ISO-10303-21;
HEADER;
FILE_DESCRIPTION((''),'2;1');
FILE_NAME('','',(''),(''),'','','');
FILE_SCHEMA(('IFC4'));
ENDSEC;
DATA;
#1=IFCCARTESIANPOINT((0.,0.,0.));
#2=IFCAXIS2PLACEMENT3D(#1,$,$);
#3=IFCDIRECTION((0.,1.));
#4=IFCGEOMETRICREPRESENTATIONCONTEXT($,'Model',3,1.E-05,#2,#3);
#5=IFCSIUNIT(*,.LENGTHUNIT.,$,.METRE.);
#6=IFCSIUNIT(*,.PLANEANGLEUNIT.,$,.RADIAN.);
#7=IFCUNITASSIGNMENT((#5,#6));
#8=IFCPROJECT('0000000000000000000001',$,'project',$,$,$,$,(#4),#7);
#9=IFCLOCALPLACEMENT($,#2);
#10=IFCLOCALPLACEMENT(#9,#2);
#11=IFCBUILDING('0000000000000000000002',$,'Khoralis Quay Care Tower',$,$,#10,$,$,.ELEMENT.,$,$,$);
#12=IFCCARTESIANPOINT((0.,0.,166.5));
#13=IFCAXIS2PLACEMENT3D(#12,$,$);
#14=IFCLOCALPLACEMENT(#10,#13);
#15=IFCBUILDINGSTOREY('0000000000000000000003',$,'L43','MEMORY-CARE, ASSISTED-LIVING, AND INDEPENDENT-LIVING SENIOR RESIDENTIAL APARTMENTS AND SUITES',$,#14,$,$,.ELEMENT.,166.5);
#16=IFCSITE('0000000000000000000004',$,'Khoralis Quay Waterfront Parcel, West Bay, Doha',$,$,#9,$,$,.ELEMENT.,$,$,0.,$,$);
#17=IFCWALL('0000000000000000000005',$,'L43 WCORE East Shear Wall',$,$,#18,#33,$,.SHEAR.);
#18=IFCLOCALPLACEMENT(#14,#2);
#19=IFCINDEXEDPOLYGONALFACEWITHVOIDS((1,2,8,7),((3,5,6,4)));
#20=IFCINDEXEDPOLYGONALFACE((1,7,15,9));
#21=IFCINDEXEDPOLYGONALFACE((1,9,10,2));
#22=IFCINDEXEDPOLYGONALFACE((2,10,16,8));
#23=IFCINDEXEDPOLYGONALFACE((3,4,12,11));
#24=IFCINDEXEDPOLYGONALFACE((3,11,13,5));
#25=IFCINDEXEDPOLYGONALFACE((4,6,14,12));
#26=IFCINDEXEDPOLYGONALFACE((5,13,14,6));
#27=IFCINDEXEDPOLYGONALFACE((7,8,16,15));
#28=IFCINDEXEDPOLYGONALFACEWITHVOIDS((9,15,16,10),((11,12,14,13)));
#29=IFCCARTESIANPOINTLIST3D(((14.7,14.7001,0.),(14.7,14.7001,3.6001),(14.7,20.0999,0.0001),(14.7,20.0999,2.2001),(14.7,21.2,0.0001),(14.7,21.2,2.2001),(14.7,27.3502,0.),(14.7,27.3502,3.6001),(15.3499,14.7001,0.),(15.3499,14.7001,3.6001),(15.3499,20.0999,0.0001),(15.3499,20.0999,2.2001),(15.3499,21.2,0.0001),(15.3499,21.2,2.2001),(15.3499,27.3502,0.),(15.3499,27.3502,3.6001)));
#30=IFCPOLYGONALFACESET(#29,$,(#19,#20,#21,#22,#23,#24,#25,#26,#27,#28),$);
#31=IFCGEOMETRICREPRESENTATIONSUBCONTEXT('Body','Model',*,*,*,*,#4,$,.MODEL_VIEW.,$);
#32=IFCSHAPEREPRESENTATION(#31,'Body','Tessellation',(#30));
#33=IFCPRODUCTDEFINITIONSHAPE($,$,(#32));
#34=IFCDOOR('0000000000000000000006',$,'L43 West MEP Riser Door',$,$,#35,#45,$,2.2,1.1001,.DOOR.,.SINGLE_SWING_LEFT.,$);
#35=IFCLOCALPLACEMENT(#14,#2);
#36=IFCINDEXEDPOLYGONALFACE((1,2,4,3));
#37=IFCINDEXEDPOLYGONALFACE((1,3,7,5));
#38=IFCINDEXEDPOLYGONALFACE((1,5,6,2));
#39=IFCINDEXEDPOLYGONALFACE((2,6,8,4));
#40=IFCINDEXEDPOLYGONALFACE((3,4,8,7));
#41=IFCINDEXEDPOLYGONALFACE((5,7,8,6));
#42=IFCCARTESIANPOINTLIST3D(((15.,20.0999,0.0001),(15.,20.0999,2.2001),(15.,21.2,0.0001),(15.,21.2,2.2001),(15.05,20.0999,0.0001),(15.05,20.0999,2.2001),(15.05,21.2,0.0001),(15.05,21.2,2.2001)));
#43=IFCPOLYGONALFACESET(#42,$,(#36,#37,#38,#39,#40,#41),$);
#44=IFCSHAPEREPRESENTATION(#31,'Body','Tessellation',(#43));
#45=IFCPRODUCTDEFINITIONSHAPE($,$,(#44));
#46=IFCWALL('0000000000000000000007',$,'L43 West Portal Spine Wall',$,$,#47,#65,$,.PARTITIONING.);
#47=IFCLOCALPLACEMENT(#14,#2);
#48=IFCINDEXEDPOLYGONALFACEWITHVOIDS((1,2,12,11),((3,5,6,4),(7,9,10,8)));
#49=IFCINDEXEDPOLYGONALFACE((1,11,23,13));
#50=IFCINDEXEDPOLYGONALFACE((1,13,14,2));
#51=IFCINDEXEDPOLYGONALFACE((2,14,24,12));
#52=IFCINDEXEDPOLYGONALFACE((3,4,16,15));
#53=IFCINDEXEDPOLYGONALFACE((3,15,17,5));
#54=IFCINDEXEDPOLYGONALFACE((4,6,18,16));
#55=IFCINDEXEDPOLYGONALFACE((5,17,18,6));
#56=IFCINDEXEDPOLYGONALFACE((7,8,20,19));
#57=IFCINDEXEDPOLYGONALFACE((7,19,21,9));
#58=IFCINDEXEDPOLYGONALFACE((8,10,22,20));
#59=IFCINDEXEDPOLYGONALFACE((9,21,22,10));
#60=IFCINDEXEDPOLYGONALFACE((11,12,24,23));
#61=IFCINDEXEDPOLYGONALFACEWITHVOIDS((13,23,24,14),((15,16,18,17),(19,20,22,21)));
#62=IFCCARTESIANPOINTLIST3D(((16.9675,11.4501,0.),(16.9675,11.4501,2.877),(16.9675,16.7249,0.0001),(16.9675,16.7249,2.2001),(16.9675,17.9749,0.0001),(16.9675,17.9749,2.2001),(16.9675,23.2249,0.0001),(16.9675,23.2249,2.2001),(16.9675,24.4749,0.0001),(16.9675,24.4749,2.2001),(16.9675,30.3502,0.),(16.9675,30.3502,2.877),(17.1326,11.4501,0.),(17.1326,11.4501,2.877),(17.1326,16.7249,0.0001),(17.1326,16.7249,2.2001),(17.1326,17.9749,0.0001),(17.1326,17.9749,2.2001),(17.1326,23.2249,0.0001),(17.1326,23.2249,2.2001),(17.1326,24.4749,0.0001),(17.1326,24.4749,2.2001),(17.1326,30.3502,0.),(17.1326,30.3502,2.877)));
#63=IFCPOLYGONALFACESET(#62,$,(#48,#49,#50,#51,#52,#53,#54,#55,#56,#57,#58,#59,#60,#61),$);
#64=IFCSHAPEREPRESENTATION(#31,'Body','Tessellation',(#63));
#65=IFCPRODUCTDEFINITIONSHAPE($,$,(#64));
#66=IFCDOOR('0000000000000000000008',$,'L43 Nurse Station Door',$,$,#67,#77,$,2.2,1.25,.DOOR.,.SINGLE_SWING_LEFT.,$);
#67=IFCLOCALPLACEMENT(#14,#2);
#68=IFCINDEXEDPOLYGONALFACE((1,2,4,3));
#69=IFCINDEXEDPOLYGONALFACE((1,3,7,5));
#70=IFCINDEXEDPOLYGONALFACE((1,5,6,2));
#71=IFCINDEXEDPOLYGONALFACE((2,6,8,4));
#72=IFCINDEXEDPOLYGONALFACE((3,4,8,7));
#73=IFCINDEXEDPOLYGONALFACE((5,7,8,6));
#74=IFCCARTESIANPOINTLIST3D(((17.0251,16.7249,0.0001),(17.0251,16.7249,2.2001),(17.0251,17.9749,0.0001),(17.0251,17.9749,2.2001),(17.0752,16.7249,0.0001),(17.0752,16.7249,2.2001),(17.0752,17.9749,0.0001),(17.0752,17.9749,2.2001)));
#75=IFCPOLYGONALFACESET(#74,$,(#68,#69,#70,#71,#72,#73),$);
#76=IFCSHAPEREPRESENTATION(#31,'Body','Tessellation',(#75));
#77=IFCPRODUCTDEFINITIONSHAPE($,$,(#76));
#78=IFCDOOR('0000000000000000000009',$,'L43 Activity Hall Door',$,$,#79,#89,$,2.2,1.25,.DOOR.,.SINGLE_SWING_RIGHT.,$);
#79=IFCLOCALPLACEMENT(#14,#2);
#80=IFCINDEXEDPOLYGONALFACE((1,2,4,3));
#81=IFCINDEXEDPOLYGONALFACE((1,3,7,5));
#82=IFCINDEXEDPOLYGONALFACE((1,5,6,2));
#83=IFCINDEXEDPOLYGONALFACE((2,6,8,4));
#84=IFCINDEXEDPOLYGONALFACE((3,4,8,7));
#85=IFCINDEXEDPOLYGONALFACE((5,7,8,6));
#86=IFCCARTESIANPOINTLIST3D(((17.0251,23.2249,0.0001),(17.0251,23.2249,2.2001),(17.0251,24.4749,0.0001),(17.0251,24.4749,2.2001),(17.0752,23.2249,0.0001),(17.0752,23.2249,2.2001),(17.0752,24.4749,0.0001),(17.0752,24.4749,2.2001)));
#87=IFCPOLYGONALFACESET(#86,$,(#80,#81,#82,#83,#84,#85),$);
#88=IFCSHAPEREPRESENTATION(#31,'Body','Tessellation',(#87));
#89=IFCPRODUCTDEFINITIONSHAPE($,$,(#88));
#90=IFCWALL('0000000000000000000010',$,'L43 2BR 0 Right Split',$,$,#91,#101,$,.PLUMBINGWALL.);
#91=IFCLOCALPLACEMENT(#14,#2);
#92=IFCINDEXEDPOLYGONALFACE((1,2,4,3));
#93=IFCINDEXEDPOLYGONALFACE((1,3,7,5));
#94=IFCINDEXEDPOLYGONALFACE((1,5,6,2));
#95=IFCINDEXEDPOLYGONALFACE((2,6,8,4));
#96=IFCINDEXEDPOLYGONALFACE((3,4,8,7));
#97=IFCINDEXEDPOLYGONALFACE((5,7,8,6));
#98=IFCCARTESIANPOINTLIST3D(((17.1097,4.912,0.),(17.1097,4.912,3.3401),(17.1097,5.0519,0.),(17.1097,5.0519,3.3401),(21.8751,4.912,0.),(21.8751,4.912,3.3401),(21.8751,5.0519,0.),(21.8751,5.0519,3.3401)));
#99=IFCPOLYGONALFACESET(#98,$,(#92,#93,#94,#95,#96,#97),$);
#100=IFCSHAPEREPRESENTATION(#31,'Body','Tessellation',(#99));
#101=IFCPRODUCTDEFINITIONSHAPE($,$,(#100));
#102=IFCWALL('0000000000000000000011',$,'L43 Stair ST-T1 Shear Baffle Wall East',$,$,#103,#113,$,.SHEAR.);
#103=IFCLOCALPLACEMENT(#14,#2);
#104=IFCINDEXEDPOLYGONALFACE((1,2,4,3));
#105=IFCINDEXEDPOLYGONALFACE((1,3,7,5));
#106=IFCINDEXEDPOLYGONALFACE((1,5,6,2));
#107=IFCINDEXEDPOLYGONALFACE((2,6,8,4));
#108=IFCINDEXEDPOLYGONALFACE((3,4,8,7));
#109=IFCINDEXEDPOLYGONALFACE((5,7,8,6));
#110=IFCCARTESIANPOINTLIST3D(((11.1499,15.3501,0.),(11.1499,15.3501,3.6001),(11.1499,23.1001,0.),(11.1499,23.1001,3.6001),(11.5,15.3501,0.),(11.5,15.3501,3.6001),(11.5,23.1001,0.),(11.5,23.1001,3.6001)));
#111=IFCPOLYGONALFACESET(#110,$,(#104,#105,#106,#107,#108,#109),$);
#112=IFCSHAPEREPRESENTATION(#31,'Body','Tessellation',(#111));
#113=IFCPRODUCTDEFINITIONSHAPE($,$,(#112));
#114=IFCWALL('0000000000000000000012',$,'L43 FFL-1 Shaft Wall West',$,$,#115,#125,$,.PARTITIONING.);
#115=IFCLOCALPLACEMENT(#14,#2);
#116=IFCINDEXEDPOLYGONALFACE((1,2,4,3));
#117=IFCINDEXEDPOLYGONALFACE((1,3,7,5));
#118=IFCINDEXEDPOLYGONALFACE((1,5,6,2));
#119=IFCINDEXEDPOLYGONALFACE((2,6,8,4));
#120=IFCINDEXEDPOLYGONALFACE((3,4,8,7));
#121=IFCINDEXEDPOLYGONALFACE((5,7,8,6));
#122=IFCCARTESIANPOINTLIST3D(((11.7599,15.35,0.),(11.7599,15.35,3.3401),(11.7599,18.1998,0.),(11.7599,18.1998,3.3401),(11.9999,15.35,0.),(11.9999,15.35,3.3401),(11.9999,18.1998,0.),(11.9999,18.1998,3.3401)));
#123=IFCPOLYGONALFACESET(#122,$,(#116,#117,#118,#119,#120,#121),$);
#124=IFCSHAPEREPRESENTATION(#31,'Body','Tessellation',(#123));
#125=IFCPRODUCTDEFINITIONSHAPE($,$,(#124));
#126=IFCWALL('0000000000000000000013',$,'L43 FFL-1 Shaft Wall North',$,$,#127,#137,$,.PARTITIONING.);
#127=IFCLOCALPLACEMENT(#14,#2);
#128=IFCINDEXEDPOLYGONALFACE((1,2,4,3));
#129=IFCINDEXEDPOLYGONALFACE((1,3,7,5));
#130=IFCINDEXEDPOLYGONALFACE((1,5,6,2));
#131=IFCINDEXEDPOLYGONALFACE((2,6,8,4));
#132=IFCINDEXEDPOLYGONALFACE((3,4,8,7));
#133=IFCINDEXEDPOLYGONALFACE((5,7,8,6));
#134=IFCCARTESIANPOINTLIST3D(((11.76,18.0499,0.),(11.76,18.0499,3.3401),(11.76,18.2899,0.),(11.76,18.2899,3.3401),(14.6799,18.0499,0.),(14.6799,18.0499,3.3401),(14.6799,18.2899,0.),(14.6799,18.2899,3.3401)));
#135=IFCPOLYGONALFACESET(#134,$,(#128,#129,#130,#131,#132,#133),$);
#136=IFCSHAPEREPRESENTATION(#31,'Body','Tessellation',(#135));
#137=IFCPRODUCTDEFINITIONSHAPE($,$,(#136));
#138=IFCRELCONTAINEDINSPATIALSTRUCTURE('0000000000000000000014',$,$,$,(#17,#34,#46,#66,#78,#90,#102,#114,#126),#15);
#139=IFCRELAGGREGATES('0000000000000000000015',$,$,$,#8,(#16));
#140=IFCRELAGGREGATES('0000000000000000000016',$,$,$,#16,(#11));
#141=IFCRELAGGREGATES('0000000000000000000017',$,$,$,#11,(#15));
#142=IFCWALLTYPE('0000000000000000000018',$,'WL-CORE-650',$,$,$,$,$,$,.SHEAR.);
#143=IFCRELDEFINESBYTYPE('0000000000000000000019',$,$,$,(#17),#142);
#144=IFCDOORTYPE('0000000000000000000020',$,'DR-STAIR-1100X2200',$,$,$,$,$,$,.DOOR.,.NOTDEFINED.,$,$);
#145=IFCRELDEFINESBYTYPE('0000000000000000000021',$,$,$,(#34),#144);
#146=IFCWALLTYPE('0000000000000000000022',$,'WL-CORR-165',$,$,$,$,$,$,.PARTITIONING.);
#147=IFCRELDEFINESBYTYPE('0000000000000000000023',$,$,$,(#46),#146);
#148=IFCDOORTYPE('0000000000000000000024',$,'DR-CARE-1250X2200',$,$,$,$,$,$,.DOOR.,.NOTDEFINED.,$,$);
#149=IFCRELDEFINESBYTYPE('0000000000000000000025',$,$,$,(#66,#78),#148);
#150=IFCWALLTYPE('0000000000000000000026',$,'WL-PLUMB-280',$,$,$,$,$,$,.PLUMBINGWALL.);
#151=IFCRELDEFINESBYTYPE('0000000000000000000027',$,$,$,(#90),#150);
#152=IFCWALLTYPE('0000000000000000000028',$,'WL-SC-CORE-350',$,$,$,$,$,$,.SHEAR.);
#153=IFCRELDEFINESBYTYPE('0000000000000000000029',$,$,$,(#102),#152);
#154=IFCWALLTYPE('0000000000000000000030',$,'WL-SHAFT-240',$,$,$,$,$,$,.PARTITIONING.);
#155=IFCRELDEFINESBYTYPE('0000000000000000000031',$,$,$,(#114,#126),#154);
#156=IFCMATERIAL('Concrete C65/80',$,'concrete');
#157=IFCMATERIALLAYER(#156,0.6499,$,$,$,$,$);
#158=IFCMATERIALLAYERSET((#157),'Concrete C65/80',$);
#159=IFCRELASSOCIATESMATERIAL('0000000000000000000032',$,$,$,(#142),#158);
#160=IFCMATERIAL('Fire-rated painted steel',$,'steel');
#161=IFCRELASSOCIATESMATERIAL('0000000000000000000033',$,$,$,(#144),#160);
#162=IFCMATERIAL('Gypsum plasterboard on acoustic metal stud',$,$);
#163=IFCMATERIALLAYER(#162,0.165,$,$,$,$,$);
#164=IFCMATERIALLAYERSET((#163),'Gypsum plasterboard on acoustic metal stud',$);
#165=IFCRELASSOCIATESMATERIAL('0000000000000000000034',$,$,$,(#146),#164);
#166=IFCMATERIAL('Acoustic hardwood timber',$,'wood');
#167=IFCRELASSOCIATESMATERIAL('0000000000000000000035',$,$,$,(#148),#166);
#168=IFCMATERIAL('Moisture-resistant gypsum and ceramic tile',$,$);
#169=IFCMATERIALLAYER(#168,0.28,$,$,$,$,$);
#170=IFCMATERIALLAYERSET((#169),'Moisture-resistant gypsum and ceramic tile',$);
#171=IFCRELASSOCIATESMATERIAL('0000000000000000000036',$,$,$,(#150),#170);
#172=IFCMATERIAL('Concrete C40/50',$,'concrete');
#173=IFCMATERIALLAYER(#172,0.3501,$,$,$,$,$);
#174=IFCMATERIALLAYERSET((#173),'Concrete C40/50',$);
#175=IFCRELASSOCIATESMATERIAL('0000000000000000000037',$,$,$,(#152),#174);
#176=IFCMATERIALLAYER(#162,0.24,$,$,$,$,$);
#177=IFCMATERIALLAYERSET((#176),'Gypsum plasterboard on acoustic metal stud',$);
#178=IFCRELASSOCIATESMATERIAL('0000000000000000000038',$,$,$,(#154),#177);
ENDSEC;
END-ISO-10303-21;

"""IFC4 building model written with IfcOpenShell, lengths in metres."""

from ifc_helpers import new_model, si_unit, direction, frame, frame_2d, origin, place, context, subcontext, project, spatial, rectangle, extrude, source, transform, mapped, material, layer, layer_set, type_object, element, fill, save


model = new_model("IFC4")

# Units and contexts
model_context = context("Model", 3, precision=1e-05, world=origin(), true_north=direction((0.0, 1.0)))
body_context = subcontext(model_context, "Body", "Model", "MODEL_VIEW")
ifc_project = project(units=[si_unit("LENGTHUNIT", "METRE"), si_unit("PLANEANGLEUNIT", "RADIAN")], contexts=[model_context])

# Site, building, storey
site_placement = place(None, origin())
site = spatial("IfcSite", under=ifc_project, at=site_placement, Name="Khoralis Quay Waterfront Parcel, West Bay, Doha", CompositionType="ELEMENT", RefElevation=0.0)
building_placement = place(site_placement, origin())
building = spatial("IfcBuilding", under=site, at=building_placement, Name="Khoralis Quay Care Tower", CompositionType="ELEMENT")
storey_placement = place(building_placement, frame((0.0, 0.0, 166.5)))
storey = spatial("IfcBuildingStorey", under=building, at=storey_placement, Name="L43", Description="MEMORY-CARE, ASSISTED-LIVING, AND INDEPENDENT-LIVING SENIOR RESIDENTIAL APARTMENTS AND SUITES", CompositionType="ELEMENT", Elevation=166.5)

# Shared definitions
ifc_material_1 = material(Name="Concrete C65/80", Category="concrete")

# Shared definitions
ifc_material_2 = material(Name="Gypsum plasterboard on acoustic metal stud")

# Wall, opening, door
ifc_layer_1 = layer(ifc_material_1, 0.6499)
ifc_layer_set_1 = layer_set([ifc_layer_1], Name="Concrete C65/80")
wall_type_1 = type_object("IfcWallType", Name="WL-CORE-650", PredefinedType="SHEAR", material=ifc_layer_set_1)
wall_1_placement = place(storey_placement, frame((15.0249, 14.7, 0.0), z_axis=(0.0, 0.0, 1.0), x_axis=(0.0, 1.0, 0.0)))
wall_1 = element("IfcWall", 1, at=wall_1_placement, inside=storey, type_object=wall_type_1, Name="L43 WCORE East Shear Wall", PredefinedType="SHEAR", context=body_context, shape_type="SweptSolid", body=[
    extrude(rectangle(XDim=12.6501, YDim=0.6499, at=frame_2d((6.3252, 0.0))), origin(), (0.0, 0.0, 1.0), 3.6001),
])
opening_1_placement = place(wall_1_placement, frame((5.3999, 0.0, 0.0)))
opening_1 = element("IfcOpeningElement", 2, at=opening_1_placement, cuts=wall_1, PredefinedType="OPENING", context=body_context, shape_type="SweptSolid", body=[
    extrude(rectangle(XDim=1.1001, YDim=2.2, at=frame_2d((0.55, 1.1001))), frame((0.0, 0.335, 0.0), z_axis=(0.0, -1.0, 0.0), x_axis=(1.0, 0.0, 0.0)), (0.0, 0.0, 1.0), 0.6699),
])
ifc_material_3 = material(Name="Fire-rated painted steel", Category="steel")
door_type_1 = type_object("IfcDoorType", Name="DR-STAIR-1100X2200", OperationType="NOTDEFINED", PredefinedType="DOOR", material=ifc_material_3)
shared_shape_1 = source(origin(), body_context, "Body", "SweptSolid", [
    extrude(rectangle(XDim=1.1001, YDim=2.2, at=frame_2d((0.55, 1.1001))), frame((0.0, 0.0249, 0.0), z_axis=(0.0, -1.0, 0.0), x_axis=(1.0, 0.0, 0.0)), (0.0, 0.0, 1.0), 0.05),
])
door_1_placement = place(opening_1_placement, origin())
door_1 = element("IfcDoor", 3, at=door_1_placement, inside=storey, type_object=door_type_1, Name="L43 West MEP Riser Door", OperationType="SINGLE_SWING_LEFT", OverallHeight=2.2, OverallWidth=1.1001, PredefinedType="DOOR", context=body_context, shape_type="MappedRepresentation", body=[
    mapped(shared_shape_1, transform((0.0, 0.0, 0.0), scale=1.0)),
])
fill(opening_1, door_1)

# Wall, openings, doors
ifc_layer_2 = layer(ifc_material_2, 0.165)
ifc_layer_set_2 = layer_set([ifc_layer_2], Name="Gypsum plasterboard on acoustic metal stud")
wall_type_2 = type_object("IfcWallType", Name="WL-CORR-165", PredefinedType="PARTITIONING", material=ifc_layer_set_2)
wall_2_placement = place(storey_placement, frame((17.05, 11.45, 0.0), z_axis=(0.0, 0.0, 1.0), x_axis=(0.0, 1.0, 0.0)))
wall_2 = element("IfcWall", 4, at=wall_2_placement, inside=storey, type_object=wall_type_2, Name="L43 West Portal Spine Wall", PredefinedType="PARTITIONING", context=body_context, shape_type="SweptSolid", body=[
    extrude(rectangle(XDim=18.9001, YDim=0.165, at=frame_2d((9.4502, 0.0))), origin(), (0.0, 0.0, 1.0), 2.877),
])
opening_2_placement = place(wall_2_placement, frame((5.2749, 0.0, 0.0)))
opening_2 = element("IfcOpeningElement", 5, at=opening_2_placement, cuts=wall_2, PredefinedType="OPENING", context=body_context, shape_type="SweptSolid", body=[
    extrude(rectangle(XDim=1.25, YDim=2.2, at=frame_2d((0.625, 1.1001))), frame((0.0, 0.0925, 0.0), z_axis=(0.0, -1.0, 0.0), x_axis=(1.0, 0.0, 0.0)), (0.0, 0.0, 1.0), 0.1851),
])
opening_3_placement = place(wall_2_placement, frame((11.7749, 0.0, 0.0)))
opening_3 = element("IfcOpeningElement", 6, at=opening_3_placement, cuts=wall_2, PredefinedType="OPENING", context=body_context, shape_type="SweptSolid", body=[
    extrude(rectangle(XDim=1.25, YDim=2.2, at=frame_2d((0.625, 1.1001))), frame((0.0, 0.0925, 0.0), z_axis=(0.0, -1.0, 0.0), x_axis=(1.0, 0.0, 0.0)), (0.0, 0.0, 1.0), 0.1851),
])
ifc_material_4 = material(Name="Acoustic hardwood timber", Category="wood")
door_type_2 = type_object("IfcDoorType", Name="DR-CARE-1250X2200", OperationType="NOTDEFINED", PredefinedType="DOOR", material=ifc_material_4)
shared_shape_2 = source(origin(), body_context, "Body", "SweptSolid", [
    extrude(rectangle(XDim=1.25, YDim=2.2, at=frame_2d((0.625, 1.1001))), frame((0.0, 0.0249, 0.0), z_axis=(0.0, -1.0, 0.0), x_axis=(1.0, 0.0, 0.0)), (0.0, 0.0, 1.0), 0.05),
])
door_2_placement = place(opening_2_placement, origin())
door_2 = element("IfcDoor", 7, at=door_2_placement, inside=storey, type_object=door_type_2, Name="L43 Nurse Station Door", OperationType="SINGLE_SWING_LEFT", OverallHeight=2.2, OverallWidth=1.25, PredefinedType="DOOR", context=body_context, shape_type="MappedRepresentation", body=[
    mapped(shared_shape_2, transform((0.0, 0.0, 0.0), scale=1.0)),
])
fill(opening_2, door_2)
door_3_placement = place(opening_3_placement, origin())
door_3 = element("IfcDoor", 8, at=door_3_placement, inside=storey, type_object=door_type_2, Name="L43 Activity Hall Door", OperationType="SINGLE_SWING_RIGHT", OverallHeight=2.2, OverallWidth=1.25, PredefinedType="DOOR", context=body_context, shape_type="MappedRepresentation", body=[
    mapped(shared_shape_2, transform((0.0, 0.0, 0.0), scale=1.0)),
])
fill(opening_3, door_3)

# Walls
ifc_material_5 = material(Name="Moisture-resistant gypsum and ceramic tile")
ifc_layer_3 = layer(ifc_material_5, 0.28)
ifc_layer_set_3 = layer_set([ifc_layer_3], Name="Moisture-resistant gypsum and ceramic tile")
wall_type_3 = type_object("IfcWallType", Name="WL-PLUMB-280", PredefinedType="PLUMBINGWALL", material=ifc_layer_set_3)
wall_3_placement = place(storey_placement, frame((17.1096, 4.9819, 0.0), z_axis=(0.0, 0.0, 1.0), x_axis=(1.0, 0.0, 0.0)))
element("IfcWall", 9, at=wall_3_placement, inside=storey, type_object=wall_type_3, Name="L43 2BR 0 Right Split", PredefinedType="PLUMBINGWALL", context=body_context, shape_type="SweptSolid", body=[
    extrude(rectangle(XDim=4.7654, YDim=0.1399, at=frame_2d((2.3828, 0.0))), origin(), (0.0, 0.0, 1.0), 3.3401),
])
ifc_material_6 = material(Name="Concrete C40/50", Category="concrete")
ifc_layer_4 = layer(ifc_material_6, 0.3501)
ifc_layer_set_4 = layer_set([ifc_layer_4], Name="Concrete C40/50")
wall_type_4 = type_object("IfcWallType", Name="WL-SC-CORE-350", PredefinedType="SHEAR", material=ifc_layer_set_4)
wall_4_placement = place(storey_placement, frame((11.325, 15.3501, 0.0), z_axis=(0.0, 0.0, 1.0), x_axis=(0.0, 1.0, 0.0)))
element("IfcWall", 10, at=wall_4_placement, inside=storey, type_object=wall_type_4, Name="L43 Stair ST-T1 Shear Baffle Wall East", PredefinedType="SHEAR", context=body_context, shape_type="SweptSolid", body=[
    extrude(rectangle(XDim=7.75, YDim=0.3501, at=frame_2d((3.875, 0.0))), origin(), (0.0, 0.0, 1.0), 3.6001),
])
ifc_layer_5 = layer(ifc_material_2, 0.24)
ifc_layer_set_5 = layer_set([ifc_layer_5], Name="Gypsum plasterboard on acoustic metal stud")
wall_type_5 = type_object("IfcWallType", Name="WL-SHAFT-240", PredefinedType="PARTITIONING", material=ifc_layer_set_5)
wall_5_placement = place(storey_placement, frame((11.8799, 15.3501, 0.0), z_axis=(0.0, 0.0, 1.0), x_axis=(0.0, 1.0, 0.0)))
element("IfcWall", 11, at=wall_5_placement, inside=storey, type_object=wall_type_5, Name="L43 FFL-1 Shaft Wall West", PredefinedType="PARTITIONING", context=body_context, shape_type="SweptSolid", body=[
    extrude(rectangle(XDim=2.8499, YDim=0.24, at=frame_2d((1.4248, 0.0))), origin(), (0.0, 0.0, 1.0), 3.3401),
])
wall_6_placement = place(storey_placement, frame((11.76, 18.1699, 0.0), z_axis=(0.0, 0.0, 1.0), x_axis=(1.0, 0.0, 0.0)))
element("IfcWall", 12, at=wall_6_placement, inside=storey, type_object=wall_type_5, Name="L43 FFL-1 Shaft Wall North", PredefinedType="PARTITIONING", context=body_context, shape_type="SweptSolid", body=[
    extrude(rectangle(XDim=2.9199, YDim=0.24, at=frame_2d((1.46, 0.0))), origin(), (0.0, 0.0, 1.0), 3.3401),
])

save(model, "model.ifc")
